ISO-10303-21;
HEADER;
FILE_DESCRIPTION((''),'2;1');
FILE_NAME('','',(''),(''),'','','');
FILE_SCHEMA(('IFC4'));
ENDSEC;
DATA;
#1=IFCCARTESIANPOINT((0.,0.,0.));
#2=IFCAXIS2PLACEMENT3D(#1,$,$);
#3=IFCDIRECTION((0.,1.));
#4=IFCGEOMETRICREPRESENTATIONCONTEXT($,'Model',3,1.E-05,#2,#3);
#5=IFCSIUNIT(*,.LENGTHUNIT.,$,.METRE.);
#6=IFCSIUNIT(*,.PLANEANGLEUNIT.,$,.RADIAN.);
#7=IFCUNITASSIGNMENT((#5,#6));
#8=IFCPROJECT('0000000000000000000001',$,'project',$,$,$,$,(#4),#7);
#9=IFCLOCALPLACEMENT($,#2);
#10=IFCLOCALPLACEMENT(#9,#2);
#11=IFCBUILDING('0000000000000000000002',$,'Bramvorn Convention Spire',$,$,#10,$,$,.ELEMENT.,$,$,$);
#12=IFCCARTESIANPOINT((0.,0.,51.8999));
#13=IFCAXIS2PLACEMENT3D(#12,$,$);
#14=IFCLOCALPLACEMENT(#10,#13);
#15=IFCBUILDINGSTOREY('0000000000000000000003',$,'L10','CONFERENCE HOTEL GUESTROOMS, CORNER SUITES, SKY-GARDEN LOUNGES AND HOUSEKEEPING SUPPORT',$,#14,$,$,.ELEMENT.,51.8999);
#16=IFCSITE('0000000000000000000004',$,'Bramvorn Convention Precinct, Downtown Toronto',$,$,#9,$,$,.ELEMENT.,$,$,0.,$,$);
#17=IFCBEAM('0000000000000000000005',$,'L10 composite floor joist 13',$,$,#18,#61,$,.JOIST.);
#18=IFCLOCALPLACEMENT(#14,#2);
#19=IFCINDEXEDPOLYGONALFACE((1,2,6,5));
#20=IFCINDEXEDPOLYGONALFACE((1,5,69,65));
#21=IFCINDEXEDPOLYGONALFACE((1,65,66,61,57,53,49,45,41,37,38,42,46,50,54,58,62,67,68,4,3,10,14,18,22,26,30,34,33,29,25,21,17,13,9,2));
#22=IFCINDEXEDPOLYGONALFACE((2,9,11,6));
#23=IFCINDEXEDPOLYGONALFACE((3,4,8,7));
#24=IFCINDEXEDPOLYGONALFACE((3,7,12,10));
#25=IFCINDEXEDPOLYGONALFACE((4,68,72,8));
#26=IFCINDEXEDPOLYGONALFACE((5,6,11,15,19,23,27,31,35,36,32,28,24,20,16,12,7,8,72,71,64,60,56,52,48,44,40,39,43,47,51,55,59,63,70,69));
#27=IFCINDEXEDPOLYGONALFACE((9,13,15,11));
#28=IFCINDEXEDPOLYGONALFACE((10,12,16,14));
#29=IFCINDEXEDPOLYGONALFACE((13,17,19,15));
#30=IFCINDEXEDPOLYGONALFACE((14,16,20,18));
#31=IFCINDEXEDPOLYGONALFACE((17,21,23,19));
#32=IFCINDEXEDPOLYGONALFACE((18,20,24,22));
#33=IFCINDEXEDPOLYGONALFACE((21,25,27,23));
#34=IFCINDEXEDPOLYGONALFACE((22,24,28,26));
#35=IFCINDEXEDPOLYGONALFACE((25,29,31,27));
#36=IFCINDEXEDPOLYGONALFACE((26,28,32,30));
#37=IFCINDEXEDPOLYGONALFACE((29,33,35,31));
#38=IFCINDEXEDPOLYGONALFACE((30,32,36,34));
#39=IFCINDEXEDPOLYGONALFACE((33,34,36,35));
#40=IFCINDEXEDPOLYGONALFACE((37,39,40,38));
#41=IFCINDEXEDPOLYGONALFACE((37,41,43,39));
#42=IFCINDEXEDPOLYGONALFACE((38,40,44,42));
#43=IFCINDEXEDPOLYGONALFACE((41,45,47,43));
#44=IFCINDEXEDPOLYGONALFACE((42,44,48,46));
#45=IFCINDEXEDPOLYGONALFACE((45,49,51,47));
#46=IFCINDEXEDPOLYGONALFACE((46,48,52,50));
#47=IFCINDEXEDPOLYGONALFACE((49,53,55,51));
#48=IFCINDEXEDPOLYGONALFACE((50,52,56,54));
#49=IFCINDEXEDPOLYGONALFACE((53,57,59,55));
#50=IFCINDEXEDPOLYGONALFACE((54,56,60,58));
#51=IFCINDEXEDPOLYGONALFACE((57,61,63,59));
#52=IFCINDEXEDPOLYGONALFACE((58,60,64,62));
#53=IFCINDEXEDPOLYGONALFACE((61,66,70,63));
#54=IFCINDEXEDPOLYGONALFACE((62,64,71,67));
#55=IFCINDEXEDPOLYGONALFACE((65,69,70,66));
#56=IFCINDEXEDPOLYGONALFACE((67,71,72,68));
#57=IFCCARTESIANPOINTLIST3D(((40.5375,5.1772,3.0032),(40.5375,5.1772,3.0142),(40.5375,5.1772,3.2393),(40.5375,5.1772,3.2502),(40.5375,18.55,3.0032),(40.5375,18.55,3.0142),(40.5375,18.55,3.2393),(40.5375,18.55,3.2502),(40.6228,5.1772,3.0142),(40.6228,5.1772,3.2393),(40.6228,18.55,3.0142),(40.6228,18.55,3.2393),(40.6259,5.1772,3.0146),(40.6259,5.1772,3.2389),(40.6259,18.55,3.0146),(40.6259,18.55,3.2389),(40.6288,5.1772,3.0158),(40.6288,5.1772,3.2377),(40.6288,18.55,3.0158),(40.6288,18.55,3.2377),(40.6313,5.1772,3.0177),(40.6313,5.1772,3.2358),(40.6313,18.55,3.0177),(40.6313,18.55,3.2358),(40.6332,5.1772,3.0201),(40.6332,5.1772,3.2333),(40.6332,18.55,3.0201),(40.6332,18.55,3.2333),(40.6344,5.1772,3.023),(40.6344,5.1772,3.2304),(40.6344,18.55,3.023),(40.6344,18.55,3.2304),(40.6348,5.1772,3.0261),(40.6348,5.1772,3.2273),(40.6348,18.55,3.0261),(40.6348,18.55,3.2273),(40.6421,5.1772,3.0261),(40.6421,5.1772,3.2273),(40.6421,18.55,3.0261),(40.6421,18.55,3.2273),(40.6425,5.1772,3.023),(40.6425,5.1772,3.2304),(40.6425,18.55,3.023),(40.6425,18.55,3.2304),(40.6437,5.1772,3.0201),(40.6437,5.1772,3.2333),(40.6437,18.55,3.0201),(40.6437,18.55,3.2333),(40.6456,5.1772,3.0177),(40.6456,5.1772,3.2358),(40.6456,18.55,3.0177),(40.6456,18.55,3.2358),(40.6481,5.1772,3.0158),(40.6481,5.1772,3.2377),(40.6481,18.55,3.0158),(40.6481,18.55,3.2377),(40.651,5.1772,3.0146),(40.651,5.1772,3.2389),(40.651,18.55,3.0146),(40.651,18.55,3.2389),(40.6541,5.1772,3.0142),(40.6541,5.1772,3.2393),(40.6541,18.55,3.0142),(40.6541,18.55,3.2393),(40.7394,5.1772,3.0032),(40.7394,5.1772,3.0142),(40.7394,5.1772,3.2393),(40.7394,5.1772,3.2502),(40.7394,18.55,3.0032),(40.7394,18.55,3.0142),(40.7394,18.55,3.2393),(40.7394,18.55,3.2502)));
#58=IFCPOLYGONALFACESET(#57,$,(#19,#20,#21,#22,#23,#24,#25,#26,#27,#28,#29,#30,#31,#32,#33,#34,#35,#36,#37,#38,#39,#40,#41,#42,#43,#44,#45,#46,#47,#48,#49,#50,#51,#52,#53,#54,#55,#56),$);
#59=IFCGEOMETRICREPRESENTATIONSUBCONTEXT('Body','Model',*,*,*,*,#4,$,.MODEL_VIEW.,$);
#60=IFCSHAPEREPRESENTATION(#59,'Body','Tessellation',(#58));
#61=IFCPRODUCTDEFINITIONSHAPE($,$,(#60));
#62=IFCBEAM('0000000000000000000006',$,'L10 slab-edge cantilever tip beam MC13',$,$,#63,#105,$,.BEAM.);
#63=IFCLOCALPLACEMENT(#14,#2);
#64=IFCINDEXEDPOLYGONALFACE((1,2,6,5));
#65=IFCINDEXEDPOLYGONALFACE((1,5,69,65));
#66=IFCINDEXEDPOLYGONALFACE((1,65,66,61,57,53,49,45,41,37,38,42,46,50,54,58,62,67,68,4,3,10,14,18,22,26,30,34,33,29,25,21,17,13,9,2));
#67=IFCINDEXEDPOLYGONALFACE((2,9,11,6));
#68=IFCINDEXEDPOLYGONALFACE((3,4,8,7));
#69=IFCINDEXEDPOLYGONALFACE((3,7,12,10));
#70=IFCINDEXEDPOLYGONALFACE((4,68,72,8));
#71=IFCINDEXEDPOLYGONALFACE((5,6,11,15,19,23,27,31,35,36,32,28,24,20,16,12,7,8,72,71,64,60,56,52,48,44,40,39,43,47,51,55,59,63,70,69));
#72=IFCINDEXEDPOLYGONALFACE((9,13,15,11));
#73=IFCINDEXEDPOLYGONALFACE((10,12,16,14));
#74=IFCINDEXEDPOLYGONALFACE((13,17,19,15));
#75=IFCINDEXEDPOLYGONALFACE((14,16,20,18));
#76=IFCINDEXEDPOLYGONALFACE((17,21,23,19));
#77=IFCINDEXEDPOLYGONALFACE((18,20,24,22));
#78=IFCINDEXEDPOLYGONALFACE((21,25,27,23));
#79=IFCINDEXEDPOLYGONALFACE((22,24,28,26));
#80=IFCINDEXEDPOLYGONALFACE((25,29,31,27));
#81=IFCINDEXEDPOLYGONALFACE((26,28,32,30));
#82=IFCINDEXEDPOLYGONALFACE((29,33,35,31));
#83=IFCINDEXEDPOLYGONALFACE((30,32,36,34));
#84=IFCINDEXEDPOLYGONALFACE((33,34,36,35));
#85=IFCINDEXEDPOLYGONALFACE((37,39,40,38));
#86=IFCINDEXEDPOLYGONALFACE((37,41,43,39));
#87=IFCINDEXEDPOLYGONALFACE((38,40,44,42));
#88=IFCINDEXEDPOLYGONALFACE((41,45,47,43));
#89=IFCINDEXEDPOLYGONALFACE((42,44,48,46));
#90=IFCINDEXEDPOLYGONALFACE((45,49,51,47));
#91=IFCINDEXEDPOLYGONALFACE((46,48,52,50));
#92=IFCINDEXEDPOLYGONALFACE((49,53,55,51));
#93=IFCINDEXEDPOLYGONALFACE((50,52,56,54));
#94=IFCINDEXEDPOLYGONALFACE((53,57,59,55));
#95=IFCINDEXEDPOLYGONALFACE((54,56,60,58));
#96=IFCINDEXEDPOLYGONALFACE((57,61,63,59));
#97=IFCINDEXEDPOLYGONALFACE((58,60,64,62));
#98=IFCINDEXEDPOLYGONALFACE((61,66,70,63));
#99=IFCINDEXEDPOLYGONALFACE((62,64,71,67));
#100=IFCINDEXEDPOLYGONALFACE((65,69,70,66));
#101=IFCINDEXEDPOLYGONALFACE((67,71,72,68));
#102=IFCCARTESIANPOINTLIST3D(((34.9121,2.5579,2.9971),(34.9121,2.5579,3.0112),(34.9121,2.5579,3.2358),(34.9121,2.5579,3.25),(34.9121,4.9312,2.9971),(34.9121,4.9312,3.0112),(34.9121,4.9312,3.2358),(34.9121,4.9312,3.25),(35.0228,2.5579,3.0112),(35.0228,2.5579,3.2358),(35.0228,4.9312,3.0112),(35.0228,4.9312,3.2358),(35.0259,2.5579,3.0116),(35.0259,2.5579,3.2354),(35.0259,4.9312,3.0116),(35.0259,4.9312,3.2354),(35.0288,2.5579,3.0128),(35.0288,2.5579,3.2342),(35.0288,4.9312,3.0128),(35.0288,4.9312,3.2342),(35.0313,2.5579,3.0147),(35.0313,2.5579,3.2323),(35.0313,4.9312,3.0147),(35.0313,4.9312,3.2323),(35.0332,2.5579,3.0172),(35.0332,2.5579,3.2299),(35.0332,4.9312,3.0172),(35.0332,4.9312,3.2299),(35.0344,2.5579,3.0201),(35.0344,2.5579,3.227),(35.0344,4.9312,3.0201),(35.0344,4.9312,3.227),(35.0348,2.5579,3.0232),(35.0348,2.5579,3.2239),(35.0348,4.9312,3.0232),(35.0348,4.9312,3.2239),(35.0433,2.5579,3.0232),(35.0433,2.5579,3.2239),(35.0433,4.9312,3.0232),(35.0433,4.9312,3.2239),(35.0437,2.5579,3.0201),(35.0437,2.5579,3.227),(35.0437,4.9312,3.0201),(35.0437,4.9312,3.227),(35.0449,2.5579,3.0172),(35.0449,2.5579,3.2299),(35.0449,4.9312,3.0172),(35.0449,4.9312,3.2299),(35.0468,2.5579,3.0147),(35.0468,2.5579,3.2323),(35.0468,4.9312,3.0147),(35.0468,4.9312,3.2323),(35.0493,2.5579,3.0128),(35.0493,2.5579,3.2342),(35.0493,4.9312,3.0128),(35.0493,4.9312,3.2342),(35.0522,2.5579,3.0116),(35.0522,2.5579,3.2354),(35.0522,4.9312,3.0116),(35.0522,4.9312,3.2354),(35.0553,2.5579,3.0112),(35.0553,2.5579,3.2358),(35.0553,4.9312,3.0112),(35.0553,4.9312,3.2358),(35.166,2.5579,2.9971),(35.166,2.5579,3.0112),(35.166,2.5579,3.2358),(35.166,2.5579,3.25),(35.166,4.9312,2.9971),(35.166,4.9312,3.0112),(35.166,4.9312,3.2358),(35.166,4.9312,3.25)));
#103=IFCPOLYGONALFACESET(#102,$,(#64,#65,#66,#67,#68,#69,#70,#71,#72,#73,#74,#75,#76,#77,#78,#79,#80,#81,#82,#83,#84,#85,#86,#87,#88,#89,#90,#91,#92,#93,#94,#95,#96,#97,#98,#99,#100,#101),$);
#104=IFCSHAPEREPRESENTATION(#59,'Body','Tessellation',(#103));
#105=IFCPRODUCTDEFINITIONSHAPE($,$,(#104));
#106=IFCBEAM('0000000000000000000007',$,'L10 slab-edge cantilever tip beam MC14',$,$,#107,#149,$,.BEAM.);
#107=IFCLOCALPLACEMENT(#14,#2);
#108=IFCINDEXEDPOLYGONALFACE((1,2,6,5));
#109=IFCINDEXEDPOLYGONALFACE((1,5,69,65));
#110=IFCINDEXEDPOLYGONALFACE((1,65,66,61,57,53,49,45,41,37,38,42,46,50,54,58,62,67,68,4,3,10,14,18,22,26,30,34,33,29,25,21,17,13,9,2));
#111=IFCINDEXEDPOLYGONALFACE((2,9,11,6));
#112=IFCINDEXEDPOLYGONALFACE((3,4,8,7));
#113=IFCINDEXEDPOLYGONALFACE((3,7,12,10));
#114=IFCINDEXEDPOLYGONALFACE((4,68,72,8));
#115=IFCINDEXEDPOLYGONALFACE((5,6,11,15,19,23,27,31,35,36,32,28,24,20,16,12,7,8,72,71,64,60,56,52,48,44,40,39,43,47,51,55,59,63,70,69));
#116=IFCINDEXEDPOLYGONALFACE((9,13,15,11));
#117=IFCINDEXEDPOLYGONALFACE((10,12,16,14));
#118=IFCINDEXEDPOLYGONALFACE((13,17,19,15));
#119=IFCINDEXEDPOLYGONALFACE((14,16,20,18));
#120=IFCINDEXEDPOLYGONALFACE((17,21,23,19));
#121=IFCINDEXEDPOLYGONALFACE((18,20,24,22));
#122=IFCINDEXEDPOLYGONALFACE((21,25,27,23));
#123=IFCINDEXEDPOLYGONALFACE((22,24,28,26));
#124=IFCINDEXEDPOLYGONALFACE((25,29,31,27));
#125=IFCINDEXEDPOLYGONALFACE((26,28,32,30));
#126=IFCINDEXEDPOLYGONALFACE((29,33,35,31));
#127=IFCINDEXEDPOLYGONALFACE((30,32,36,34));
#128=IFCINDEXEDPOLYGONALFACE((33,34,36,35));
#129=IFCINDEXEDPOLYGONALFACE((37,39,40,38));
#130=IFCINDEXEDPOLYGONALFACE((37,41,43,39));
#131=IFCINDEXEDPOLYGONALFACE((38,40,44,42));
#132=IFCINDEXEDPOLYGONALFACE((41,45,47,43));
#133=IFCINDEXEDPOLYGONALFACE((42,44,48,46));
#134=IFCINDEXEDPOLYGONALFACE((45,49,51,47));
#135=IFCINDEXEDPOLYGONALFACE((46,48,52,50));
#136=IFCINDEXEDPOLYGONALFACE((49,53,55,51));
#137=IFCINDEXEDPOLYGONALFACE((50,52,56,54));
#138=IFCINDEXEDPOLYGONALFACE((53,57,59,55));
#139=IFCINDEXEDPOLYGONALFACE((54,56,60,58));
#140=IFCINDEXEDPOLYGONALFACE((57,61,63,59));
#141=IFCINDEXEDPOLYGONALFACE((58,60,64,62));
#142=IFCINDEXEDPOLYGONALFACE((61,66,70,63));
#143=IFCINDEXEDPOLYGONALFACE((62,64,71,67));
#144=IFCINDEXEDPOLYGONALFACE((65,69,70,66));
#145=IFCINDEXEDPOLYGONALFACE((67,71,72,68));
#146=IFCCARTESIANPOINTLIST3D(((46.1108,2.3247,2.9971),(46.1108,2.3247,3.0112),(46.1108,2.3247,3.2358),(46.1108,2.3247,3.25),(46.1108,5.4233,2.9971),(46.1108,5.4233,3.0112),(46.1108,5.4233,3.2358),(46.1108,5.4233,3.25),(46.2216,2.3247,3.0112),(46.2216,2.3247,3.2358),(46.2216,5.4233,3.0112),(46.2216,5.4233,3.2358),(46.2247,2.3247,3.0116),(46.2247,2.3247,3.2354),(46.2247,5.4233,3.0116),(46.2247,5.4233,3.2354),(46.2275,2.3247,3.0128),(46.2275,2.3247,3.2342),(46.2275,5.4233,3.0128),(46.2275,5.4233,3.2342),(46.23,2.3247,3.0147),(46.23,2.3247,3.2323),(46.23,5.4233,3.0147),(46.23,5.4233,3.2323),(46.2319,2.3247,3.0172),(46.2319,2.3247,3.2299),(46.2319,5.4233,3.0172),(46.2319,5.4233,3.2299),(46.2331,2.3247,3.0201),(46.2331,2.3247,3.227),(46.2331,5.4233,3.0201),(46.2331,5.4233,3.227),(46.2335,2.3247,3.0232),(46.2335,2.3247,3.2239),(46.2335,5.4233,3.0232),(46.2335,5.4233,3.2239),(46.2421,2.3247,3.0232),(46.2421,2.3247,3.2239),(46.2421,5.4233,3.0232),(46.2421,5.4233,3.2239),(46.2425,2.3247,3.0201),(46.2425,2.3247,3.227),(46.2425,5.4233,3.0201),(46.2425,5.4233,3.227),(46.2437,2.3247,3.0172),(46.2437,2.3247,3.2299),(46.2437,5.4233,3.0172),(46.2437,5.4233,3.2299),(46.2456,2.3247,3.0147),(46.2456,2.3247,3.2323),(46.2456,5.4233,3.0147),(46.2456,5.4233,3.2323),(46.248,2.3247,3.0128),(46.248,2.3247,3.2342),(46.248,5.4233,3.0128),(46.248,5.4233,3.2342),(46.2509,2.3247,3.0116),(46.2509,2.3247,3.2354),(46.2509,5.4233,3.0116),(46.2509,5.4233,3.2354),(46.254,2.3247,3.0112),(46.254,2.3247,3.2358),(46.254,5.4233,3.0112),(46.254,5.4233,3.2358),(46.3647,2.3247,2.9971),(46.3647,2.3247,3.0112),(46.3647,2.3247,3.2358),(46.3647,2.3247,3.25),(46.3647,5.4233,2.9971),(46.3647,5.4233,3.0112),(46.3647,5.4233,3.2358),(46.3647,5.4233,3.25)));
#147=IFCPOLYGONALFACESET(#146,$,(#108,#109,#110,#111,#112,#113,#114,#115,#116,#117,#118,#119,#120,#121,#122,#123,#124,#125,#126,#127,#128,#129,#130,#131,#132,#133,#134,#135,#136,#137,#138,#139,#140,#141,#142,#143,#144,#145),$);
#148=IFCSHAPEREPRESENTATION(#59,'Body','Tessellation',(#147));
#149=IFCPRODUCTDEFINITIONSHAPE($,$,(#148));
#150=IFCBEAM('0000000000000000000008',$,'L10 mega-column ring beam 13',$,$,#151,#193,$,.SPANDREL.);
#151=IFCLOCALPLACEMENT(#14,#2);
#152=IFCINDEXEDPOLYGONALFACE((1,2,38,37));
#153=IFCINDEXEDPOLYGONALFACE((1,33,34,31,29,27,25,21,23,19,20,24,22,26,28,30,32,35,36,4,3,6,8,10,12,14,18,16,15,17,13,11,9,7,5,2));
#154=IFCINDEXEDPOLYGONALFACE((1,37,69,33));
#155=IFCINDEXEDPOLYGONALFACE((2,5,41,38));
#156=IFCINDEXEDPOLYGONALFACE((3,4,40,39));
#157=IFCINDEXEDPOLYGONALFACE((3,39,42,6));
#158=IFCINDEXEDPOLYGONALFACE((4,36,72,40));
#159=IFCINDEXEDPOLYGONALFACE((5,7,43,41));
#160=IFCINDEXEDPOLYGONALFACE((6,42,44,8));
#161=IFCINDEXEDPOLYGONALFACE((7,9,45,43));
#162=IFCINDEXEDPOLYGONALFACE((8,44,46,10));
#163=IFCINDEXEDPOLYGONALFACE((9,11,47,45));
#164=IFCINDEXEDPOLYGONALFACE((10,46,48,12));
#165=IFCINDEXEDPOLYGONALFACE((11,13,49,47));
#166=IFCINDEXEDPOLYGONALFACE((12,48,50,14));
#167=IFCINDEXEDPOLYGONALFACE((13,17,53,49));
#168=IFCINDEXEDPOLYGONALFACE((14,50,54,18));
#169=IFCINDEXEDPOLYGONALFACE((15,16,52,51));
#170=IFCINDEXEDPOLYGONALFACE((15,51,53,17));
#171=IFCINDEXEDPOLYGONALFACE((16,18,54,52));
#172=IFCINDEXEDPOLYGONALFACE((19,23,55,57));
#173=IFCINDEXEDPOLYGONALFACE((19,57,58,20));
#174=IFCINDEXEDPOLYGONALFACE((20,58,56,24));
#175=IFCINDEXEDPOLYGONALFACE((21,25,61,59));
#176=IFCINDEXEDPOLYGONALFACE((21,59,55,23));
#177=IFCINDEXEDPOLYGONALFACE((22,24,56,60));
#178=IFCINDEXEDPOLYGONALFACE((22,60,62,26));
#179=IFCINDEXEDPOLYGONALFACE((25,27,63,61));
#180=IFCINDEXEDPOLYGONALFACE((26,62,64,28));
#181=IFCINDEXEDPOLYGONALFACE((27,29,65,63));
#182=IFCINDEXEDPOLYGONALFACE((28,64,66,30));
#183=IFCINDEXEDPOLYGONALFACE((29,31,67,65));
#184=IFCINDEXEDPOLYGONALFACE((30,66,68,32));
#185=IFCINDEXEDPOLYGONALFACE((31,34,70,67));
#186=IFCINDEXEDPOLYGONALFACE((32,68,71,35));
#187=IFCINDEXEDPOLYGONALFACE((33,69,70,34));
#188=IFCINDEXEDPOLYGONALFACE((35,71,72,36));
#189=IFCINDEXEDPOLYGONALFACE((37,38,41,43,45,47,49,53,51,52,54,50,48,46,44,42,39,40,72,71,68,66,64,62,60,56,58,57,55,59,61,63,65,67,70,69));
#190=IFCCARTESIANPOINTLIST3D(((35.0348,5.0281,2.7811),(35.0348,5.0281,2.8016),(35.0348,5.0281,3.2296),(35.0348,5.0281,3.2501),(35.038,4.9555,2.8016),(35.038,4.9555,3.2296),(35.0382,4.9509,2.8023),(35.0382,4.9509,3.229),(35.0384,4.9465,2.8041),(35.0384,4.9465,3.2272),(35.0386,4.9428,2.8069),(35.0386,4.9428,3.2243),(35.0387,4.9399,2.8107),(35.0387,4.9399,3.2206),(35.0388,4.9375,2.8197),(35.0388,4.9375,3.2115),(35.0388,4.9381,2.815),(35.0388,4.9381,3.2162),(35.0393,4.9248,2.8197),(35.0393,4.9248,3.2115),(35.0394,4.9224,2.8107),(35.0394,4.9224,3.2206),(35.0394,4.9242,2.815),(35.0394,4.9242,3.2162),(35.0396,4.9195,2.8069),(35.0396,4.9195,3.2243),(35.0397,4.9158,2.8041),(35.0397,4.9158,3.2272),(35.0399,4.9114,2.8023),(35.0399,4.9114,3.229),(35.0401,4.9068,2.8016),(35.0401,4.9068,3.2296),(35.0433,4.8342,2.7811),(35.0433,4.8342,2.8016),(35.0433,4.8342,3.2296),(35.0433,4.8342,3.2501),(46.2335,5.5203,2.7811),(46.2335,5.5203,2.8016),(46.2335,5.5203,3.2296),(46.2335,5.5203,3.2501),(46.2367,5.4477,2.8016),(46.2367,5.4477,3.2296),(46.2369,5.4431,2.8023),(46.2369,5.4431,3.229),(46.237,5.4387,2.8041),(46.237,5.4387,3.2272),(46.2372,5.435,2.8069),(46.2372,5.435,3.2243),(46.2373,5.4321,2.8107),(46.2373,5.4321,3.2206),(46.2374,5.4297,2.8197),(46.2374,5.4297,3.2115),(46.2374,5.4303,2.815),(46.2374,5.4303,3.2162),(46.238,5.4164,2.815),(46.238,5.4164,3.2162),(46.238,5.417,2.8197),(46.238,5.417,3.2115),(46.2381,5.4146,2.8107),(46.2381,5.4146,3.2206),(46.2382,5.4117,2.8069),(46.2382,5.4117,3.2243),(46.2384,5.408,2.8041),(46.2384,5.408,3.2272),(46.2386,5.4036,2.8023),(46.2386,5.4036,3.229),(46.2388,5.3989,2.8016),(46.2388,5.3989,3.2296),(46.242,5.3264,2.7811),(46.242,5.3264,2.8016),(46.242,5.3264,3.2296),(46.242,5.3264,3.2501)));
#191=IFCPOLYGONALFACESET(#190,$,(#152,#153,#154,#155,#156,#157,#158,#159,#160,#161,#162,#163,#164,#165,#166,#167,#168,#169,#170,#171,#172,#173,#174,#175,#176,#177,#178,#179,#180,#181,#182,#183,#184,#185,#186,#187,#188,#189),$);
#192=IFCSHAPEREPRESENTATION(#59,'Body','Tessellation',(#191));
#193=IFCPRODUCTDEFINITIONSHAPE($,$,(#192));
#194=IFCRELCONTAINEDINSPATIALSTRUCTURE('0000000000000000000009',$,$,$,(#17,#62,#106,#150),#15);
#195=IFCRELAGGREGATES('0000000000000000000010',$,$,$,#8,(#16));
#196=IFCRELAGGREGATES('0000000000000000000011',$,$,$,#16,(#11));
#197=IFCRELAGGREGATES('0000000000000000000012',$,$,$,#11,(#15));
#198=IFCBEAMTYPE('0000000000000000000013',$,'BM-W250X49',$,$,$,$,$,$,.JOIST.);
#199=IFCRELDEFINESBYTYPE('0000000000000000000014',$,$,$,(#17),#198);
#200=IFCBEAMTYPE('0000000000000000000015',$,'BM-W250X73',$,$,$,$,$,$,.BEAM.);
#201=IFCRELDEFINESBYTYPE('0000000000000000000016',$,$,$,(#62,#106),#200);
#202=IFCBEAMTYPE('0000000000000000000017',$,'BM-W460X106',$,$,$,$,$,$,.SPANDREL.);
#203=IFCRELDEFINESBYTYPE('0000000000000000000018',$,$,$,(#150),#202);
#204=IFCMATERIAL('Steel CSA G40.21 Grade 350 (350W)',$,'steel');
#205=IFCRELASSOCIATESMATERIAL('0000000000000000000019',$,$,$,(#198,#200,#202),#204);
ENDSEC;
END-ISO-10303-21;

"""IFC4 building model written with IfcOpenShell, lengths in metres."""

from ifc_helpers import new_model, si_unit, direction, frame, origin, origin_2d, place, context, subcontext, project, spatial, i_section, extrude, material, material_profile, profile_set, type_object, element, save


model = new_model("IFC4")

# Units and contexts
model_context = context("Model", 3, precision=1e-05, world=origin(), true_north=direction((0.0, 1.0)))
body_context = subcontext(model_context, "Body", "Model", "MODEL_VIEW")
ifc_project = project(units=[si_unit("LENGTHUNIT", "METRE"), si_unit("PLANEANGLEUNIT", "RADIAN")], contexts=[model_context])

# Site, building, storey
site_placement = place(None, origin())
site = spatial("IfcSite", under=ifc_project, at=site_placement, Name="Bramvorn Convention Precinct, Downtown Toronto", CompositionType="ELEMENT", RefElevation=0.0)
building_placement = place(site_placement, origin())
building = spatial("IfcBuilding", under=site, at=building_placement, Name="Bramvorn Convention Spire", CompositionType="ELEMENT")
storey_placement = place(building_placement, frame((0.0, 0.0, 51.8999)))
storey = spatial("IfcBuildingStorey", under=building, at=storey_placement, Name="L10", Description="CONFERENCE HOTEL GUESTROOMS, CORNER SUITES, SKY-GARDEN LOUNGES AND HOUSEKEEPING SUPPORT", CompositionType="ELEMENT", Elevation=51.8999)

# Shared definitions
ifc_material_1 = material(Name="Steel CSA G40.21 Grade 350 (350W)", Category="steel")

# Beams
ifc_material_profile_1 = material_profile(ifc_material_1, i_section(OverallWidth=0.2019, OverallDepth=0.2471, WebThickness=0.0073, FlangeThickness=0.011, FilletRadius=0.012, at=origin_2d()))
ifc_profile_set_1 = profile_set([ifc_material_profile_1], Name="Steel CSA G40.21 Grade 350 (350W) - W250X49")
beam_type_1 = type_object("IfcBeamType", Name="BM-W250X49", PredefinedType="JOIST", material=ifc_profile_set_1)
beam_1_placement = place(storey_placement, frame((40.6384, 18.55, 3.1267), z_axis=(0.0, -1.0, 0.0), x_axis=(1.0, 0.0, 0.0)))
element("IfcBeam", 1, at=beam_1_placement, inside=storey, type_object=beam_type_1, Name="L10 composite floor joist 13", PredefinedType="JOIST", context=body_context, shape_type="SweptSolid", body=[
    extrude(i_section(OverallWidth=0.2019, OverallDepth=0.2471, WebThickness=0.0073, FlangeThickness=0.011, FilletRadius=0.012, at=origin_2d()), origin(), (0.0, 0.0, 1.0), 13.3728),
])
ifc_material_profile_2 = material_profile(ifc_material_1, i_section(OverallWidth=0.2539, OverallDepth=0.2529, WebThickness=0.0085, FlangeThickness=0.0142, FilletRadius=0.012, at=origin_2d()))
ifc_profile_set_2 = profile_set([ifc_material_profile_2], Name="Steel CSA G40.21 Grade 350 (350W) - W250X73")
beam_type_2 = type_object("IfcBeamType", Name="BM-W250X73", PredefinedType="BEAM", material=ifc_profile_set_2)
beam_2_placement = place(storey_placement, frame((35.0391, 4.9312, 3.1235), z_axis=(0.0, -1.0, 0.0), x_axis=(1.0, 0.0, 0.0)))
element("IfcBeam", 2, at=beam_2_placement, inside=storey, type_object=beam_type_2, Name="L10 slab-edge cantilever tip beam MC13", PredefinedType="BEAM", context=body_context, shape_type="SweptSolid", body=[
    extrude(i_section(OverallWidth=0.2539, OverallDepth=0.2529, WebThickness=0.0085, FlangeThickness=0.0142, FilletRadius=0.012, at=origin_2d()), origin(), (0.0, 0.0, 1.0), 2.3733),
])
beam_3_placement = place(storey_placement, frame((46.2378, 5.4233, 3.1235), z_axis=(0.0, -1.0, 0.0), x_axis=(1.0, 0.0, 0.0)))
element("IfcBeam", 3, at=beam_3_placement, inside=storey, type_object=beam_type_2, Name="L10 slab-edge cantilever tip beam MC14", PredefinedType="BEAM", context=body_context, shape_type="SweptSolid", body=[
    extrude(i_section(OverallWidth=0.2539, OverallDepth=0.2529, WebThickness=0.0085, FlangeThickness=0.0142, FilletRadius=0.012, at=origin_2d()), origin(), (0.0, 0.0, 1.0), 3.0986),
])
ifc_material_profile_3 = material_profile(ifc_material_1, i_section(OverallWidth=0.1941, OverallDepth=0.469, WebThickness=0.0127, FlangeThickness=0.0205, FilletRadius=0.0181, at=origin_2d()))
ifc_profile_set_3 = profile_set([ifc_material_profile_3], Name="Steel CSA G40.21 Grade 350 (350W) - W460X106")
beam_type_3 = type_object("IfcBeamType", Name="BM-W460X106", PredefinedType="SPANDREL", material=ifc_profile_set_3)
beam_4_placement = place(storey_placement, frame((35.0391, 4.9312, 3.0156), z_axis=(0.999036, 0.043908, 0.0), x_axis=(-0.043908, 0.999036, 0.0)))
element("IfcBeam", 4, at=beam_4_placement, inside=storey, type_object=beam_type_3, Name="L10 mega-column ring beam 13", PredefinedType="SPANDREL", context=body_context, shape_type="SweptSolid", body=[
    extrude(i_section(OverallWidth=0.1941, OverallDepth=0.469, WebThickness=0.0127, FlangeThickness=0.0205, FilletRadius=0.0181, at=origin_2d()), origin(), (0.0, 0.0, 1.0), 11.2095),
])

save(model, "model.ifc")
